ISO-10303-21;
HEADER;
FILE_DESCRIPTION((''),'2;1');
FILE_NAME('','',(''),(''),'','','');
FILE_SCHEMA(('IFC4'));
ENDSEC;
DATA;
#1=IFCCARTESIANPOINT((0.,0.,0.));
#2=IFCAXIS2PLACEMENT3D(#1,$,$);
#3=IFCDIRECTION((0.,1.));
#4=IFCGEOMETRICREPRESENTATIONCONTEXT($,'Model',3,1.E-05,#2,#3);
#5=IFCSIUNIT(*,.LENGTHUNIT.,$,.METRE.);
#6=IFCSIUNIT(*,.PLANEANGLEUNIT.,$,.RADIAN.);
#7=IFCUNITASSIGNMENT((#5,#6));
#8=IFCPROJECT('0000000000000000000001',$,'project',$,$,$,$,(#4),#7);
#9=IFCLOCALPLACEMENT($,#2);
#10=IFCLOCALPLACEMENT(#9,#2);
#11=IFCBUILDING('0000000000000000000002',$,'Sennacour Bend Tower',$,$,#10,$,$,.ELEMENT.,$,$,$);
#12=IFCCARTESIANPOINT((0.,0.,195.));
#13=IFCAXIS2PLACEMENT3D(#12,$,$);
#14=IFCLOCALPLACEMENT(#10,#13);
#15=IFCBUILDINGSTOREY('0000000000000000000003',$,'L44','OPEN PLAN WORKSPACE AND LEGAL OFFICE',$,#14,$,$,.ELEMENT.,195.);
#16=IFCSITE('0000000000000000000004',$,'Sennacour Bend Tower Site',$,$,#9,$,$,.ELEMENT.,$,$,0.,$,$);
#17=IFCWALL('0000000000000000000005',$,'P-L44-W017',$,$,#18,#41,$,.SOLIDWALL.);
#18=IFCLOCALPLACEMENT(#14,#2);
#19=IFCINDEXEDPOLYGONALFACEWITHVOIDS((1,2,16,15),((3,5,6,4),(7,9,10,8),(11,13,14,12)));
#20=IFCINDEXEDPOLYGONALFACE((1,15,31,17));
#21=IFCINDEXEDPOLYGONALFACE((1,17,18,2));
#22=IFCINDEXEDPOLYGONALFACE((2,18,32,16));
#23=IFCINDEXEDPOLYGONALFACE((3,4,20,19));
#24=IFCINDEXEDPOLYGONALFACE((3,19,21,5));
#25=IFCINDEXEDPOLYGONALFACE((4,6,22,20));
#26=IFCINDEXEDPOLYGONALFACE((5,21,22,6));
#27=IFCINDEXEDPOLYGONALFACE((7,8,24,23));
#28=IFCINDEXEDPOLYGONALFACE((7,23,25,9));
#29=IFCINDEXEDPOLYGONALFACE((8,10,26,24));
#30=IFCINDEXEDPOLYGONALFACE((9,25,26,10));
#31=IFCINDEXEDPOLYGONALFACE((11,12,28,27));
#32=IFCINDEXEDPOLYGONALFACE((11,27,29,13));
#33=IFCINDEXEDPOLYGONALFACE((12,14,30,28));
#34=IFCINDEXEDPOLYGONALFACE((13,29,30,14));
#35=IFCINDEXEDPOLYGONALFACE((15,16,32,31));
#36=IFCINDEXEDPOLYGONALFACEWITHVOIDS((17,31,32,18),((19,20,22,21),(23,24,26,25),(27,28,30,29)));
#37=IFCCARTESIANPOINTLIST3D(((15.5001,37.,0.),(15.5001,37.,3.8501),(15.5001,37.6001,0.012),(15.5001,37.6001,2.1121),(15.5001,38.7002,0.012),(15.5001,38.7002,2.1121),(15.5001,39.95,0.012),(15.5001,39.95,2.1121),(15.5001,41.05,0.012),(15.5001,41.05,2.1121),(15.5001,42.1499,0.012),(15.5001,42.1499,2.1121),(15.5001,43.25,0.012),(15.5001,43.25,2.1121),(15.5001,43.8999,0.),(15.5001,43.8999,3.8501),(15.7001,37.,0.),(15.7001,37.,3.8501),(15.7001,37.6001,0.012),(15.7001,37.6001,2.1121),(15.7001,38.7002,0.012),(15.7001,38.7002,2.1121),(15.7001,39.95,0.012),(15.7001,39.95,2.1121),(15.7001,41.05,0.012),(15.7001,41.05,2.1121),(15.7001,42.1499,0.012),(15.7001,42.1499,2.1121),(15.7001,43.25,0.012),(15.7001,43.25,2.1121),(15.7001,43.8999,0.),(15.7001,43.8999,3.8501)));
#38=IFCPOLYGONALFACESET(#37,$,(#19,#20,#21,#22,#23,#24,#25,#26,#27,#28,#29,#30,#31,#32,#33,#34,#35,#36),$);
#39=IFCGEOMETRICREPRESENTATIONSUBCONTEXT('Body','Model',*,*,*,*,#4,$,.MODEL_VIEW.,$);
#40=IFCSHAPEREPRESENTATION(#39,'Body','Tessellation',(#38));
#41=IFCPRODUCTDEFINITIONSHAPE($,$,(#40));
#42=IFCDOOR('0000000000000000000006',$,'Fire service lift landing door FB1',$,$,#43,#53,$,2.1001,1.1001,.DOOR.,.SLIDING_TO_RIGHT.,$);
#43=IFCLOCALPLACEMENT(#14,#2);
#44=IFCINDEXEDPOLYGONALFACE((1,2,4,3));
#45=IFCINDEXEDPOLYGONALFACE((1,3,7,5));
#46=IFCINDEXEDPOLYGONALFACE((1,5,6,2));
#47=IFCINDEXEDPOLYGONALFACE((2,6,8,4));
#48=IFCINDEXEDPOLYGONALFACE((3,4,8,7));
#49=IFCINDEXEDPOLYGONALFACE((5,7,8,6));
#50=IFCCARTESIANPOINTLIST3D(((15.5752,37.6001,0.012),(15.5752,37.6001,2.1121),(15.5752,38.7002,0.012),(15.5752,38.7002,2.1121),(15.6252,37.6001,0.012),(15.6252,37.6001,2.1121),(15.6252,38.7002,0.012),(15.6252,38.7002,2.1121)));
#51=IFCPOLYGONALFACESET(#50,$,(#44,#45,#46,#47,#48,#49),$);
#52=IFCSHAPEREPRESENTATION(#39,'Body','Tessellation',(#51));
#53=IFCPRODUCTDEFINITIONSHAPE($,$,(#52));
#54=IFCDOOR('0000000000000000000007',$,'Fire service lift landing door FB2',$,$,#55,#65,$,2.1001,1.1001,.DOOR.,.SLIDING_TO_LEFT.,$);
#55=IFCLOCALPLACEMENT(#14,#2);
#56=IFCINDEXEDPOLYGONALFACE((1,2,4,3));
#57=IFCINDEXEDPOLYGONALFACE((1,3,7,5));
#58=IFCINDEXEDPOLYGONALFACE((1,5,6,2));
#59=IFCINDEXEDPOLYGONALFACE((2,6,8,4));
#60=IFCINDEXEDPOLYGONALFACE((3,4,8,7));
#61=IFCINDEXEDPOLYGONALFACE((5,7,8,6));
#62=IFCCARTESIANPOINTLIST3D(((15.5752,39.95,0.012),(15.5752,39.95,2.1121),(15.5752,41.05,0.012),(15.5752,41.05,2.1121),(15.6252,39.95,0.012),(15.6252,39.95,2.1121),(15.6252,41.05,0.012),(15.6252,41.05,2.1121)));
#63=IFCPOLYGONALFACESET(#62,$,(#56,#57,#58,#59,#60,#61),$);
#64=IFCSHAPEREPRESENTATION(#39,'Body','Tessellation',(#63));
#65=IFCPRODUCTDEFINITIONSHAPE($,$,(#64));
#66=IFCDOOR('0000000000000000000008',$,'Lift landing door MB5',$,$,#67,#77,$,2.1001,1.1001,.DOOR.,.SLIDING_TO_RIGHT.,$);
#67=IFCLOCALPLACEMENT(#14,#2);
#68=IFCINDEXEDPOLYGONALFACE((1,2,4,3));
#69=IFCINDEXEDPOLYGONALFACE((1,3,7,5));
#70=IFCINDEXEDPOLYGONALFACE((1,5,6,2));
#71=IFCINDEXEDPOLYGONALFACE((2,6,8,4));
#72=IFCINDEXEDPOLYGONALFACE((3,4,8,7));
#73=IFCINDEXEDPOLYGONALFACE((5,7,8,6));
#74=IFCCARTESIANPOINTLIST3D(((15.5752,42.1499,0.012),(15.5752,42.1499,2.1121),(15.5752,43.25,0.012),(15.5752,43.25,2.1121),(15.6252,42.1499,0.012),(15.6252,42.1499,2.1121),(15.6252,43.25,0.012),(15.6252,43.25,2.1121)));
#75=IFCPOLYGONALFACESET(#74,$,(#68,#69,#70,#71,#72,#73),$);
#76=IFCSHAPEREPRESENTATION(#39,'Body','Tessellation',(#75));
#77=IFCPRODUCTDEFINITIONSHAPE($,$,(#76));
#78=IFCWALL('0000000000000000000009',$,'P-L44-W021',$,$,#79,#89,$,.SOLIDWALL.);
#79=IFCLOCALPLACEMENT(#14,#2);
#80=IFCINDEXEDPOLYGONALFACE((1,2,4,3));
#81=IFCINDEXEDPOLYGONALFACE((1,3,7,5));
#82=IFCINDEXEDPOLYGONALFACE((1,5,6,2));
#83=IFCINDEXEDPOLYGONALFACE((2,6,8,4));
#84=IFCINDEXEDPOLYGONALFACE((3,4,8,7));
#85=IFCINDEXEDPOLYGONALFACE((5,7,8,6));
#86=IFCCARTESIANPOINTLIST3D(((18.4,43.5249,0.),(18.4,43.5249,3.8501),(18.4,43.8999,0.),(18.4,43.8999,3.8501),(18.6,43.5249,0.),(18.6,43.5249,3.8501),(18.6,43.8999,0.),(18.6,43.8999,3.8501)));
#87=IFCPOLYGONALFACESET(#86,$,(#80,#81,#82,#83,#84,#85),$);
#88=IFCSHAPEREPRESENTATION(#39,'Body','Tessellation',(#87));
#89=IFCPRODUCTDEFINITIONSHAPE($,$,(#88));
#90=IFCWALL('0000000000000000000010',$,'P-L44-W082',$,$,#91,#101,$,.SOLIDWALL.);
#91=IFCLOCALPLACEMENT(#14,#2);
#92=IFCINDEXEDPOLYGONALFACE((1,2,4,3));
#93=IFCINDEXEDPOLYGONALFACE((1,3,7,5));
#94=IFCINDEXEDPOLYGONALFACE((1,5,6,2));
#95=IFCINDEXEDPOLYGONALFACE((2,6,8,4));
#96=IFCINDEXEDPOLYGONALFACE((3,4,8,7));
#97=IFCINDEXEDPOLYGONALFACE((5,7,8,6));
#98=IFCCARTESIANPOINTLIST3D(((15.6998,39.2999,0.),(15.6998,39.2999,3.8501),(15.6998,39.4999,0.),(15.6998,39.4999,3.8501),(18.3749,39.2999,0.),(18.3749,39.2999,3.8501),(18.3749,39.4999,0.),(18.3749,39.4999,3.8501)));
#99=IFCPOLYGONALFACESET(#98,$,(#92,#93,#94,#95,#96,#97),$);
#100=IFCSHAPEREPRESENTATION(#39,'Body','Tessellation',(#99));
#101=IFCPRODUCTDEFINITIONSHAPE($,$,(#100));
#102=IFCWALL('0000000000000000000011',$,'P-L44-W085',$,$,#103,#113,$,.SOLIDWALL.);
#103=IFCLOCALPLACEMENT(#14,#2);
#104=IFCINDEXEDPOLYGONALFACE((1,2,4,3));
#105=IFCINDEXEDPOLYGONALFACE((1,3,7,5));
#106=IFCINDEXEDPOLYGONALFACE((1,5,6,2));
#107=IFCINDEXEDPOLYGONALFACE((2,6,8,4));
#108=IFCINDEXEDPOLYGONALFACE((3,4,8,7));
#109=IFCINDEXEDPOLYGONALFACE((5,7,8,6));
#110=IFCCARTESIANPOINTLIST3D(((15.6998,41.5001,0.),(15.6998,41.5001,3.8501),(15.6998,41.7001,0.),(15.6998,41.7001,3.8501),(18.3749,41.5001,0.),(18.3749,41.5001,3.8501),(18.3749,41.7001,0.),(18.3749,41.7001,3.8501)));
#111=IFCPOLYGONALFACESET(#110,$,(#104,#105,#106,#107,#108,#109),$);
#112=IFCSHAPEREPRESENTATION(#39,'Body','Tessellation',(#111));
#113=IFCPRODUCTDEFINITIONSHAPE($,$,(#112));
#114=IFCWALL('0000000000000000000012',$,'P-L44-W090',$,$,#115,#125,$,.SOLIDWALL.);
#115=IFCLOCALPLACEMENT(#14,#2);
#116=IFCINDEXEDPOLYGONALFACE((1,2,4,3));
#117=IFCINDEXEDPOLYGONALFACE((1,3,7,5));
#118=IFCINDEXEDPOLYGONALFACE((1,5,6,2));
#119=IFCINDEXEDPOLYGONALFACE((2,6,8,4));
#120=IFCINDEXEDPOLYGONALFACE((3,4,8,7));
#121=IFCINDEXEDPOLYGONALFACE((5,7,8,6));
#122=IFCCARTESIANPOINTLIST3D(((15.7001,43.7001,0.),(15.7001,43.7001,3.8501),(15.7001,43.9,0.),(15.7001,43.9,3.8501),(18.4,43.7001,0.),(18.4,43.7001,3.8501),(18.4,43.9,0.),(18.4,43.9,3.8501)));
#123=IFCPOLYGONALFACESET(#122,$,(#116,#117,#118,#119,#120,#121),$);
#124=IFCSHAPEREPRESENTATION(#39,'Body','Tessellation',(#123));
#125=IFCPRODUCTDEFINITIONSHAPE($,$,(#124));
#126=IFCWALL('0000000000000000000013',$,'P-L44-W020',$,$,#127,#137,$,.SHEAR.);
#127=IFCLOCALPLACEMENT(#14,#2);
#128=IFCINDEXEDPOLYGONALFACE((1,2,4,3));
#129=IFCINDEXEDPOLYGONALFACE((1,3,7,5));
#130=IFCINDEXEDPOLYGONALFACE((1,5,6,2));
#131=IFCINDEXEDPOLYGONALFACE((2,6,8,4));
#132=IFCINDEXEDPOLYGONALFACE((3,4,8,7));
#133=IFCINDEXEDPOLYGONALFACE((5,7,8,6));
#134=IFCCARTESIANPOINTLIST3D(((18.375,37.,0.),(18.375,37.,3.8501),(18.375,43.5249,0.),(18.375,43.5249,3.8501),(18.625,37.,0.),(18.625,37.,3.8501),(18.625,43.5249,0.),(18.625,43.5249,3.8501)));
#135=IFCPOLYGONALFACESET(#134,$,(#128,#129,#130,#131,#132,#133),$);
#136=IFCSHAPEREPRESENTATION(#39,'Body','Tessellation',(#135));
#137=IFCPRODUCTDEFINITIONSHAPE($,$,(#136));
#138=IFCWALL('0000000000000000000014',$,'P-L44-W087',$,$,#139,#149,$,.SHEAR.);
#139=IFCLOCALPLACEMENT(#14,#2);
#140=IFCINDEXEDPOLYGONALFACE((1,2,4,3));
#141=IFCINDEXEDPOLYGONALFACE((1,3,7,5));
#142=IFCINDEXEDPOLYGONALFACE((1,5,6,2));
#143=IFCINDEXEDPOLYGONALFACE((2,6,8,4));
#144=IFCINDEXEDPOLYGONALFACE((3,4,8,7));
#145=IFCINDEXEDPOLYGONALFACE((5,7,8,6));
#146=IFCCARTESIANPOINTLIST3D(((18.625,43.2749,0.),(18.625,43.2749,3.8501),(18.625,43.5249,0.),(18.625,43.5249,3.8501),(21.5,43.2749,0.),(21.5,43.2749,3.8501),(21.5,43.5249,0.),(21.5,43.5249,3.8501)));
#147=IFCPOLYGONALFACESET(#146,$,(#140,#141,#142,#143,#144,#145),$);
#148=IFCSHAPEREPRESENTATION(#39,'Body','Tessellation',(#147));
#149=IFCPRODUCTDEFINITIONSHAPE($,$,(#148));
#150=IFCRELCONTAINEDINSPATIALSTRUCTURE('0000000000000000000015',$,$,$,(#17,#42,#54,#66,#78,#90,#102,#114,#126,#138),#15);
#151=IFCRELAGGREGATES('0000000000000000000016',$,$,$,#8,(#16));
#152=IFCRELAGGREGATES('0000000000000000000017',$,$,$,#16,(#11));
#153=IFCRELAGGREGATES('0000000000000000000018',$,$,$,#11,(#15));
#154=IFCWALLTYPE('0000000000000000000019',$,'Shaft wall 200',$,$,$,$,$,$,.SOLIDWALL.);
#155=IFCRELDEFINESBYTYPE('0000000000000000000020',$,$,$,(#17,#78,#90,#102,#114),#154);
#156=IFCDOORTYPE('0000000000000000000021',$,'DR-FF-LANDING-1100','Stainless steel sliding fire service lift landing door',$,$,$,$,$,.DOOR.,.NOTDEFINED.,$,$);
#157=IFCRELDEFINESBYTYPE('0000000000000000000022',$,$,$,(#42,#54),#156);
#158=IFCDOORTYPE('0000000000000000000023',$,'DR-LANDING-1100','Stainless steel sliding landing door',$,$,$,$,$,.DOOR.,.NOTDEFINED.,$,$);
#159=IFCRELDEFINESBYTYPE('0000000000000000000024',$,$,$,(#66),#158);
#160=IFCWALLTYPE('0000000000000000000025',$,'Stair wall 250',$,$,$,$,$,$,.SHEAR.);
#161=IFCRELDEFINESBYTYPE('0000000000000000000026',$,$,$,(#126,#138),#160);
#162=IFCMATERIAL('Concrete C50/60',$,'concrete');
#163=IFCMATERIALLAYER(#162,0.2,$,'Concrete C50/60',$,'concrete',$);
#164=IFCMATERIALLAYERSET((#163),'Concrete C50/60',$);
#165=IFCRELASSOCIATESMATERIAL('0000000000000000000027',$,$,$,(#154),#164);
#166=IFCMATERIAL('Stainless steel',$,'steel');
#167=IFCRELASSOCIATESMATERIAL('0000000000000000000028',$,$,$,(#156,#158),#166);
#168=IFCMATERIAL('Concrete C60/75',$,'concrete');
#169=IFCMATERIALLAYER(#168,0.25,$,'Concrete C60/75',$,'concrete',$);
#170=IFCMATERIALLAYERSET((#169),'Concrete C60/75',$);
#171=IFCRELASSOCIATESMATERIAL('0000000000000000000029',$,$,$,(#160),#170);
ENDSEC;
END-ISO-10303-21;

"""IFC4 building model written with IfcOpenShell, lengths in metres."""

from ifc_helpers import new_model, si_unit, direction, frame, frame_2d, origin, place, context, subcontext, project, spatial, rectangle, extrude, material, layer, layer_set, type_object, element, fill, save


model = new_model("IFC4")

# Units and contexts
model_context = context("Model", 3, precision=1e-05, world=origin(), true_north=direction((0.0, 1.0)))
body_context = subcontext(model_context, "Body", "Model", "MODEL_VIEW")
ifc_project = project(units=[si_unit("LENGTHUNIT", "METRE"), si_unit("PLANEANGLEUNIT", "RADIAN")], contexts=[model_context])

# Site, building, storey
site_placement = place(None, origin())
site = spatial("IfcSite", under=ifc_project, at=site_placement, Name="Sennacour Bend Tower Site", CompositionType="ELEMENT", RefElevation=0.0)
building_placement = place(site_placement, origin())
building = spatial("IfcBuilding", under=site, at=building_placement, Name="Sennacour Bend Tower", CompositionType="ELEMENT")
storey_placement = place(building_placement, frame((0.0, 0.0, 195.0)))
storey = spatial("IfcBuildingStorey", under=building, at=storey_placement, Name="L44", Description="OPEN PLAN WORKSPACE AND LEGAL OFFICE", CompositionType="ELEMENT", Elevation=195.0)

# Shared definitions
ifc_material_1 = material(Name="Concrete C60/75", Category="concrete")

# Shared definitions
ifc_material_2 = material(Name="Concrete C50/60", Category="concrete")
ifc_layer_1 = layer(ifc_material_2, 0.2, Name="Concrete C50/60", Category="concrete")
ifc_layer_set_1 = layer_set([ifc_layer_1], Name="Concrete C50/60")
wall_type_1 = type_object("IfcWallType", Name="Shaft wall 200", PredefinedType="SOLIDWALL", material=ifc_layer_set_1)

# Wall, openings, doors
wall_1_placement = place(storey_placement, frame((15.6001, 37.0, 0.0), z_axis=(0.0, 0.0, 1.0), x_axis=(0.0, 1.0, 0.0)))
wall_1 = element("IfcWall", 1, at=wall_1_placement, inside=storey, type_object=wall_type_1, Name="P-L44-W017", PredefinedType="SOLIDWALL", context=body_context, shape_type="SweptSolid", body=[
    extrude(rectangle(XDim=6.8999, YDim=0.2, at=frame_2d((3.45, 0.0))), origin(), (0.0, 0.0, 1.0), 3.8501),
])
opening_1_placement = place(wall_1_placement, frame((0.6001, 0.0, 0.012)))
opening_1 = element("IfcOpeningElement", 2, at=opening_1_placement, cuts=wall_1, PredefinedType="OPENING", context=body_context, shape_type="SweptSolid", body=[
    extrude(rectangle(XDim=1.1001, YDim=2.1001, at=frame_2d((0.55, 1.05))), frame((0.0, 0.1099, 0.0), z_axis=(0.0, -1.0, 0.0), x_axis=(1.0, 0.0, 0.0)), (0.0, 0.0, 1.0), 0.22),
])
opening_2_placement = place(wall_1_placement, frame((2.95, 0.0, 0.012)))
opening_2 = element("IfcOpeningElement", 3, at=opening_2_placement, cuts=wall_1, PredefinedType="OPENING", context=body_context, shape_type="SweptSolid", body=[
    extrude(rectangle(XDim=1.1001, YDim=2.1001, at=frame_2d((0.55, 1.05))), frame((0.0, 0.1099, 0.0), z_axis=(0.0, -1.0, 0.0), x_axis=(1.0, 0.0, 0.0)), (0.0, 0.0, 1.0), 0.22),
])
opening_3_placement = place(wall_1_placement, frame((5.1499, 0.0, 0.012)))
opening_3 = element("IfcOpeningElement", 4, at=opening_3_placement, cuts=wall_1, PredefinedType="OPENING", context=body_context, shape_type="SweptSolid", body=[
    extrude(rectangle(XDim=1.1001, YDim=2.1001, at=frame_2d((0.55, 1.05))), frame((0.0, 0.1099, 0.0), z_axis=(0.0, -1.0, 0.0), x_axis=(1.0, 0.0, 0.0)), (0.0, 0.0, 1.0), 0.22),
])
ifc_material_3 = material(Name="Stainless steel", Category="steel")
door_type_1 = type_object("IfcDoorType", Name="DR-FF-LANDING-1100", Description="Stainless steel sliding fire service lift landing door", OperationType="NOTDEFINED", PredefinedType="DOOR", material=ifc_material_3)
door_1_placement = place(opening_1_placement, origin())
door_1 = element("IfcDoor", 5, at=door_1_placement, inside=storey, type_object=door_type_1, Name="Fire service lift landing door FB1", OperationType="SLIDING_TO_RIGHT", OverallHeight=2.1001, OverallWidth=1.1001, PredefinedType="DOOR", context=body_context, shape_type="SweptSolid", body=[
    extrude(rectangle(XDim=1.1001, YDim=2.1001, at=frame_2d((0.55, 1.05))), frame((0.0, 0.0249, 0.0), z_axis=(0.0, -1.0, 0.0), x_axis=(1.0, 0.0, 0.0)), (0.0, 0.0, 1.0), 0.05),
])
fill(opening_1, door_1)
door_2_placement = place(opening_2_placement, origin())
door_2 = element("IfcDoor", 6, at=door_2_placement, inside=storey, type_object=door_type_1, Name="Fire service lift landing door FB2", OperationType="SLIDING_TO_LEFT", OverallHeight=2.1001, OverallWidth=1.1001, PredefinedType="DOOR", context=body_context, shape_type="SweptSolid", body=[
    extrude(rectangle(XDim=1.1001, YDim=2.1001, at=frame_2d((0.55, 1.05))), frame((0.0, 0.0249, 0.0), z_axis=(0.0, -1.0, 0.0), x_axis=(1.0, 0.0, 0.0)), (0.0, 0.0, 1.0), 0.05),
])
fill(opening_2, door_2)
door_type_2 = type_object("IfcDoorType", Name="DR-LANDING-1100", Description="Stainless steel sliding landing door", OperationType="NOTDEFINED", PredefinedType="DOOR", material=ifc_material_3)
door_3_placement = place(opening_3_placement, origin())
door_3 = element("IfcDoor", 7, at=door_3_placement, inside=storey, type_object=door_type_2, Name="Lift landing door MB5", OperationType="SLIDING_TO_RIGHT", OverallHeight=2.1001, OverallWidth=1.1001, PredefinedType="DOOR", context=body_context, shape_type="SweptSolid", body=[
    extrude(rectangle(XDim=1.1001, YDim=2.1001, at=frame_2d((0.55, 1.05))), frame((0.0, 0.0249, 0.0), z_axis=(0.0, -1.0, 0.0), x_axis=(1.0, 0.0, 0.0)), (0.0, 0.0, 1.0), 0.05),
])
fill(opening_3, door_3)

# Walls
wall_2_placement = place(storey_placement, frame((18.5, 43.5249, 0.0), z_axis=(0.0, 0.0, 1.0), x_axis=(0.0, 1.0, 0.0)))
element("IfcWall", 8, at=wall_2_placement, inside=storey, type_object=wall_type_1, Name="P-L44-W021", PredefinedType="SOLIDWALL", context=body_context, shape_type="SweptSolid", body=[
    extrude(rectangle(XDim=0.375, YDim=0.2, at=frame_2d((0.1875, 0.0))), origin(), (0.0, 0.0, 1.0), 3.8501),
])
for number, where, z_axis, x_axis, name in (
    (9, (15.7, 39.3999, 0.0), (0.0, 0.0, 1.0), (1.0, 0.0, 0.0), "P-L44-W082"),
    (10, (15.7, 41.6001, 0.0), (0.0, 0.0, 1.0), (1.0, 0.0, 0.0), "P-L44-W085"),
):
    element("IfcWall", number, at=place(storey_placement, frame(where, z_axis=z_axis, x_axis=x_axis)), inside=storey, type_object=wall_type_1, Name=name, PredefinedType="SOLIDWALL", context=body_context, shape_type="SweptSolid", body=[
        extrude(rectangle(XDim=2.675, YDim=0.2, at=frame_2d((1.3374, 0.0))), origin(), (0.0, 0.0, 1.0), 3.8501),
    ])
wall_3_placement = place(storey_placement, frame((15.7, 43.8, 0.0), z_axis=(0.0, 0.0, 1.0), x_axis=(1.0, 0.0, 0.0)))
element("IfcWall", 11, at=wall_3_placement, inside=storey, type_object=wall_type_1, Name="P-L44-W090", PredefinedType="SOLIDWALL", context=body_context, shape_type="SweptSolid", body=[
    extrude(rectangle(XDim=2.7, YDim=0.2, at=frame_2d((1.3501, 0.0))), origin(), (0.0, 0.0, 1.0), 3.8501),
])
ifc_layer_2 = layer(ifc_material_1, 0.25, Name="Concrete C60/75", Category="concrete")
ifc_layer_set_2 = layer_set([ifc_layer_2], Name="Concrete C60/75")
wall_type_2 = type_object("IfcWallType", Name="Stair wall 250", PredefinedType="SHEAR", material=ifc_layer_set_2)
wall_4_placement = place(storey_placement, frame((18.5, 37.0, 0.0), z_axis=(0.0, 0.0, 1.0), x_axis=(0.0, 1.0, 0.0)))
element("IfcWall", 12, at=wall_4_placement, inside=storey, type_object=wall_type_2, Name="P-L44-W020", PredefinedType="SHEAR", context=body_context, shape_type="SweptSolid", body=[
    extrude(rectangle(XDim=6.5249, YDim=0.25, at=frame_2d((3.2625, 0.0))), origin(), (0.0, 0.0, 1.0), 3.8501),
])
wall_5_placement = place(storey_placement, frame((18.625, 43.3999, 0.0), z_axis=(0.0, 0.0, 1.0), x_axis=(1.0, 0.0, 0.0)))
element("IfcWall", 13, at=wall_5_placement, inside=storey, type_object=wall_type_2, Name="P-L44-W087", PredefinedType="SHEAR", context=body_context, shape_type="SweptSolid", body=[
    extrude(rectangle(XDim=2.875, YDim=0.25, at=frame_2d((1.4375, 0.0))), origin(), (0.0, 0.0, 1.0), 3.8501),
])

save(model, "model.ifc")
